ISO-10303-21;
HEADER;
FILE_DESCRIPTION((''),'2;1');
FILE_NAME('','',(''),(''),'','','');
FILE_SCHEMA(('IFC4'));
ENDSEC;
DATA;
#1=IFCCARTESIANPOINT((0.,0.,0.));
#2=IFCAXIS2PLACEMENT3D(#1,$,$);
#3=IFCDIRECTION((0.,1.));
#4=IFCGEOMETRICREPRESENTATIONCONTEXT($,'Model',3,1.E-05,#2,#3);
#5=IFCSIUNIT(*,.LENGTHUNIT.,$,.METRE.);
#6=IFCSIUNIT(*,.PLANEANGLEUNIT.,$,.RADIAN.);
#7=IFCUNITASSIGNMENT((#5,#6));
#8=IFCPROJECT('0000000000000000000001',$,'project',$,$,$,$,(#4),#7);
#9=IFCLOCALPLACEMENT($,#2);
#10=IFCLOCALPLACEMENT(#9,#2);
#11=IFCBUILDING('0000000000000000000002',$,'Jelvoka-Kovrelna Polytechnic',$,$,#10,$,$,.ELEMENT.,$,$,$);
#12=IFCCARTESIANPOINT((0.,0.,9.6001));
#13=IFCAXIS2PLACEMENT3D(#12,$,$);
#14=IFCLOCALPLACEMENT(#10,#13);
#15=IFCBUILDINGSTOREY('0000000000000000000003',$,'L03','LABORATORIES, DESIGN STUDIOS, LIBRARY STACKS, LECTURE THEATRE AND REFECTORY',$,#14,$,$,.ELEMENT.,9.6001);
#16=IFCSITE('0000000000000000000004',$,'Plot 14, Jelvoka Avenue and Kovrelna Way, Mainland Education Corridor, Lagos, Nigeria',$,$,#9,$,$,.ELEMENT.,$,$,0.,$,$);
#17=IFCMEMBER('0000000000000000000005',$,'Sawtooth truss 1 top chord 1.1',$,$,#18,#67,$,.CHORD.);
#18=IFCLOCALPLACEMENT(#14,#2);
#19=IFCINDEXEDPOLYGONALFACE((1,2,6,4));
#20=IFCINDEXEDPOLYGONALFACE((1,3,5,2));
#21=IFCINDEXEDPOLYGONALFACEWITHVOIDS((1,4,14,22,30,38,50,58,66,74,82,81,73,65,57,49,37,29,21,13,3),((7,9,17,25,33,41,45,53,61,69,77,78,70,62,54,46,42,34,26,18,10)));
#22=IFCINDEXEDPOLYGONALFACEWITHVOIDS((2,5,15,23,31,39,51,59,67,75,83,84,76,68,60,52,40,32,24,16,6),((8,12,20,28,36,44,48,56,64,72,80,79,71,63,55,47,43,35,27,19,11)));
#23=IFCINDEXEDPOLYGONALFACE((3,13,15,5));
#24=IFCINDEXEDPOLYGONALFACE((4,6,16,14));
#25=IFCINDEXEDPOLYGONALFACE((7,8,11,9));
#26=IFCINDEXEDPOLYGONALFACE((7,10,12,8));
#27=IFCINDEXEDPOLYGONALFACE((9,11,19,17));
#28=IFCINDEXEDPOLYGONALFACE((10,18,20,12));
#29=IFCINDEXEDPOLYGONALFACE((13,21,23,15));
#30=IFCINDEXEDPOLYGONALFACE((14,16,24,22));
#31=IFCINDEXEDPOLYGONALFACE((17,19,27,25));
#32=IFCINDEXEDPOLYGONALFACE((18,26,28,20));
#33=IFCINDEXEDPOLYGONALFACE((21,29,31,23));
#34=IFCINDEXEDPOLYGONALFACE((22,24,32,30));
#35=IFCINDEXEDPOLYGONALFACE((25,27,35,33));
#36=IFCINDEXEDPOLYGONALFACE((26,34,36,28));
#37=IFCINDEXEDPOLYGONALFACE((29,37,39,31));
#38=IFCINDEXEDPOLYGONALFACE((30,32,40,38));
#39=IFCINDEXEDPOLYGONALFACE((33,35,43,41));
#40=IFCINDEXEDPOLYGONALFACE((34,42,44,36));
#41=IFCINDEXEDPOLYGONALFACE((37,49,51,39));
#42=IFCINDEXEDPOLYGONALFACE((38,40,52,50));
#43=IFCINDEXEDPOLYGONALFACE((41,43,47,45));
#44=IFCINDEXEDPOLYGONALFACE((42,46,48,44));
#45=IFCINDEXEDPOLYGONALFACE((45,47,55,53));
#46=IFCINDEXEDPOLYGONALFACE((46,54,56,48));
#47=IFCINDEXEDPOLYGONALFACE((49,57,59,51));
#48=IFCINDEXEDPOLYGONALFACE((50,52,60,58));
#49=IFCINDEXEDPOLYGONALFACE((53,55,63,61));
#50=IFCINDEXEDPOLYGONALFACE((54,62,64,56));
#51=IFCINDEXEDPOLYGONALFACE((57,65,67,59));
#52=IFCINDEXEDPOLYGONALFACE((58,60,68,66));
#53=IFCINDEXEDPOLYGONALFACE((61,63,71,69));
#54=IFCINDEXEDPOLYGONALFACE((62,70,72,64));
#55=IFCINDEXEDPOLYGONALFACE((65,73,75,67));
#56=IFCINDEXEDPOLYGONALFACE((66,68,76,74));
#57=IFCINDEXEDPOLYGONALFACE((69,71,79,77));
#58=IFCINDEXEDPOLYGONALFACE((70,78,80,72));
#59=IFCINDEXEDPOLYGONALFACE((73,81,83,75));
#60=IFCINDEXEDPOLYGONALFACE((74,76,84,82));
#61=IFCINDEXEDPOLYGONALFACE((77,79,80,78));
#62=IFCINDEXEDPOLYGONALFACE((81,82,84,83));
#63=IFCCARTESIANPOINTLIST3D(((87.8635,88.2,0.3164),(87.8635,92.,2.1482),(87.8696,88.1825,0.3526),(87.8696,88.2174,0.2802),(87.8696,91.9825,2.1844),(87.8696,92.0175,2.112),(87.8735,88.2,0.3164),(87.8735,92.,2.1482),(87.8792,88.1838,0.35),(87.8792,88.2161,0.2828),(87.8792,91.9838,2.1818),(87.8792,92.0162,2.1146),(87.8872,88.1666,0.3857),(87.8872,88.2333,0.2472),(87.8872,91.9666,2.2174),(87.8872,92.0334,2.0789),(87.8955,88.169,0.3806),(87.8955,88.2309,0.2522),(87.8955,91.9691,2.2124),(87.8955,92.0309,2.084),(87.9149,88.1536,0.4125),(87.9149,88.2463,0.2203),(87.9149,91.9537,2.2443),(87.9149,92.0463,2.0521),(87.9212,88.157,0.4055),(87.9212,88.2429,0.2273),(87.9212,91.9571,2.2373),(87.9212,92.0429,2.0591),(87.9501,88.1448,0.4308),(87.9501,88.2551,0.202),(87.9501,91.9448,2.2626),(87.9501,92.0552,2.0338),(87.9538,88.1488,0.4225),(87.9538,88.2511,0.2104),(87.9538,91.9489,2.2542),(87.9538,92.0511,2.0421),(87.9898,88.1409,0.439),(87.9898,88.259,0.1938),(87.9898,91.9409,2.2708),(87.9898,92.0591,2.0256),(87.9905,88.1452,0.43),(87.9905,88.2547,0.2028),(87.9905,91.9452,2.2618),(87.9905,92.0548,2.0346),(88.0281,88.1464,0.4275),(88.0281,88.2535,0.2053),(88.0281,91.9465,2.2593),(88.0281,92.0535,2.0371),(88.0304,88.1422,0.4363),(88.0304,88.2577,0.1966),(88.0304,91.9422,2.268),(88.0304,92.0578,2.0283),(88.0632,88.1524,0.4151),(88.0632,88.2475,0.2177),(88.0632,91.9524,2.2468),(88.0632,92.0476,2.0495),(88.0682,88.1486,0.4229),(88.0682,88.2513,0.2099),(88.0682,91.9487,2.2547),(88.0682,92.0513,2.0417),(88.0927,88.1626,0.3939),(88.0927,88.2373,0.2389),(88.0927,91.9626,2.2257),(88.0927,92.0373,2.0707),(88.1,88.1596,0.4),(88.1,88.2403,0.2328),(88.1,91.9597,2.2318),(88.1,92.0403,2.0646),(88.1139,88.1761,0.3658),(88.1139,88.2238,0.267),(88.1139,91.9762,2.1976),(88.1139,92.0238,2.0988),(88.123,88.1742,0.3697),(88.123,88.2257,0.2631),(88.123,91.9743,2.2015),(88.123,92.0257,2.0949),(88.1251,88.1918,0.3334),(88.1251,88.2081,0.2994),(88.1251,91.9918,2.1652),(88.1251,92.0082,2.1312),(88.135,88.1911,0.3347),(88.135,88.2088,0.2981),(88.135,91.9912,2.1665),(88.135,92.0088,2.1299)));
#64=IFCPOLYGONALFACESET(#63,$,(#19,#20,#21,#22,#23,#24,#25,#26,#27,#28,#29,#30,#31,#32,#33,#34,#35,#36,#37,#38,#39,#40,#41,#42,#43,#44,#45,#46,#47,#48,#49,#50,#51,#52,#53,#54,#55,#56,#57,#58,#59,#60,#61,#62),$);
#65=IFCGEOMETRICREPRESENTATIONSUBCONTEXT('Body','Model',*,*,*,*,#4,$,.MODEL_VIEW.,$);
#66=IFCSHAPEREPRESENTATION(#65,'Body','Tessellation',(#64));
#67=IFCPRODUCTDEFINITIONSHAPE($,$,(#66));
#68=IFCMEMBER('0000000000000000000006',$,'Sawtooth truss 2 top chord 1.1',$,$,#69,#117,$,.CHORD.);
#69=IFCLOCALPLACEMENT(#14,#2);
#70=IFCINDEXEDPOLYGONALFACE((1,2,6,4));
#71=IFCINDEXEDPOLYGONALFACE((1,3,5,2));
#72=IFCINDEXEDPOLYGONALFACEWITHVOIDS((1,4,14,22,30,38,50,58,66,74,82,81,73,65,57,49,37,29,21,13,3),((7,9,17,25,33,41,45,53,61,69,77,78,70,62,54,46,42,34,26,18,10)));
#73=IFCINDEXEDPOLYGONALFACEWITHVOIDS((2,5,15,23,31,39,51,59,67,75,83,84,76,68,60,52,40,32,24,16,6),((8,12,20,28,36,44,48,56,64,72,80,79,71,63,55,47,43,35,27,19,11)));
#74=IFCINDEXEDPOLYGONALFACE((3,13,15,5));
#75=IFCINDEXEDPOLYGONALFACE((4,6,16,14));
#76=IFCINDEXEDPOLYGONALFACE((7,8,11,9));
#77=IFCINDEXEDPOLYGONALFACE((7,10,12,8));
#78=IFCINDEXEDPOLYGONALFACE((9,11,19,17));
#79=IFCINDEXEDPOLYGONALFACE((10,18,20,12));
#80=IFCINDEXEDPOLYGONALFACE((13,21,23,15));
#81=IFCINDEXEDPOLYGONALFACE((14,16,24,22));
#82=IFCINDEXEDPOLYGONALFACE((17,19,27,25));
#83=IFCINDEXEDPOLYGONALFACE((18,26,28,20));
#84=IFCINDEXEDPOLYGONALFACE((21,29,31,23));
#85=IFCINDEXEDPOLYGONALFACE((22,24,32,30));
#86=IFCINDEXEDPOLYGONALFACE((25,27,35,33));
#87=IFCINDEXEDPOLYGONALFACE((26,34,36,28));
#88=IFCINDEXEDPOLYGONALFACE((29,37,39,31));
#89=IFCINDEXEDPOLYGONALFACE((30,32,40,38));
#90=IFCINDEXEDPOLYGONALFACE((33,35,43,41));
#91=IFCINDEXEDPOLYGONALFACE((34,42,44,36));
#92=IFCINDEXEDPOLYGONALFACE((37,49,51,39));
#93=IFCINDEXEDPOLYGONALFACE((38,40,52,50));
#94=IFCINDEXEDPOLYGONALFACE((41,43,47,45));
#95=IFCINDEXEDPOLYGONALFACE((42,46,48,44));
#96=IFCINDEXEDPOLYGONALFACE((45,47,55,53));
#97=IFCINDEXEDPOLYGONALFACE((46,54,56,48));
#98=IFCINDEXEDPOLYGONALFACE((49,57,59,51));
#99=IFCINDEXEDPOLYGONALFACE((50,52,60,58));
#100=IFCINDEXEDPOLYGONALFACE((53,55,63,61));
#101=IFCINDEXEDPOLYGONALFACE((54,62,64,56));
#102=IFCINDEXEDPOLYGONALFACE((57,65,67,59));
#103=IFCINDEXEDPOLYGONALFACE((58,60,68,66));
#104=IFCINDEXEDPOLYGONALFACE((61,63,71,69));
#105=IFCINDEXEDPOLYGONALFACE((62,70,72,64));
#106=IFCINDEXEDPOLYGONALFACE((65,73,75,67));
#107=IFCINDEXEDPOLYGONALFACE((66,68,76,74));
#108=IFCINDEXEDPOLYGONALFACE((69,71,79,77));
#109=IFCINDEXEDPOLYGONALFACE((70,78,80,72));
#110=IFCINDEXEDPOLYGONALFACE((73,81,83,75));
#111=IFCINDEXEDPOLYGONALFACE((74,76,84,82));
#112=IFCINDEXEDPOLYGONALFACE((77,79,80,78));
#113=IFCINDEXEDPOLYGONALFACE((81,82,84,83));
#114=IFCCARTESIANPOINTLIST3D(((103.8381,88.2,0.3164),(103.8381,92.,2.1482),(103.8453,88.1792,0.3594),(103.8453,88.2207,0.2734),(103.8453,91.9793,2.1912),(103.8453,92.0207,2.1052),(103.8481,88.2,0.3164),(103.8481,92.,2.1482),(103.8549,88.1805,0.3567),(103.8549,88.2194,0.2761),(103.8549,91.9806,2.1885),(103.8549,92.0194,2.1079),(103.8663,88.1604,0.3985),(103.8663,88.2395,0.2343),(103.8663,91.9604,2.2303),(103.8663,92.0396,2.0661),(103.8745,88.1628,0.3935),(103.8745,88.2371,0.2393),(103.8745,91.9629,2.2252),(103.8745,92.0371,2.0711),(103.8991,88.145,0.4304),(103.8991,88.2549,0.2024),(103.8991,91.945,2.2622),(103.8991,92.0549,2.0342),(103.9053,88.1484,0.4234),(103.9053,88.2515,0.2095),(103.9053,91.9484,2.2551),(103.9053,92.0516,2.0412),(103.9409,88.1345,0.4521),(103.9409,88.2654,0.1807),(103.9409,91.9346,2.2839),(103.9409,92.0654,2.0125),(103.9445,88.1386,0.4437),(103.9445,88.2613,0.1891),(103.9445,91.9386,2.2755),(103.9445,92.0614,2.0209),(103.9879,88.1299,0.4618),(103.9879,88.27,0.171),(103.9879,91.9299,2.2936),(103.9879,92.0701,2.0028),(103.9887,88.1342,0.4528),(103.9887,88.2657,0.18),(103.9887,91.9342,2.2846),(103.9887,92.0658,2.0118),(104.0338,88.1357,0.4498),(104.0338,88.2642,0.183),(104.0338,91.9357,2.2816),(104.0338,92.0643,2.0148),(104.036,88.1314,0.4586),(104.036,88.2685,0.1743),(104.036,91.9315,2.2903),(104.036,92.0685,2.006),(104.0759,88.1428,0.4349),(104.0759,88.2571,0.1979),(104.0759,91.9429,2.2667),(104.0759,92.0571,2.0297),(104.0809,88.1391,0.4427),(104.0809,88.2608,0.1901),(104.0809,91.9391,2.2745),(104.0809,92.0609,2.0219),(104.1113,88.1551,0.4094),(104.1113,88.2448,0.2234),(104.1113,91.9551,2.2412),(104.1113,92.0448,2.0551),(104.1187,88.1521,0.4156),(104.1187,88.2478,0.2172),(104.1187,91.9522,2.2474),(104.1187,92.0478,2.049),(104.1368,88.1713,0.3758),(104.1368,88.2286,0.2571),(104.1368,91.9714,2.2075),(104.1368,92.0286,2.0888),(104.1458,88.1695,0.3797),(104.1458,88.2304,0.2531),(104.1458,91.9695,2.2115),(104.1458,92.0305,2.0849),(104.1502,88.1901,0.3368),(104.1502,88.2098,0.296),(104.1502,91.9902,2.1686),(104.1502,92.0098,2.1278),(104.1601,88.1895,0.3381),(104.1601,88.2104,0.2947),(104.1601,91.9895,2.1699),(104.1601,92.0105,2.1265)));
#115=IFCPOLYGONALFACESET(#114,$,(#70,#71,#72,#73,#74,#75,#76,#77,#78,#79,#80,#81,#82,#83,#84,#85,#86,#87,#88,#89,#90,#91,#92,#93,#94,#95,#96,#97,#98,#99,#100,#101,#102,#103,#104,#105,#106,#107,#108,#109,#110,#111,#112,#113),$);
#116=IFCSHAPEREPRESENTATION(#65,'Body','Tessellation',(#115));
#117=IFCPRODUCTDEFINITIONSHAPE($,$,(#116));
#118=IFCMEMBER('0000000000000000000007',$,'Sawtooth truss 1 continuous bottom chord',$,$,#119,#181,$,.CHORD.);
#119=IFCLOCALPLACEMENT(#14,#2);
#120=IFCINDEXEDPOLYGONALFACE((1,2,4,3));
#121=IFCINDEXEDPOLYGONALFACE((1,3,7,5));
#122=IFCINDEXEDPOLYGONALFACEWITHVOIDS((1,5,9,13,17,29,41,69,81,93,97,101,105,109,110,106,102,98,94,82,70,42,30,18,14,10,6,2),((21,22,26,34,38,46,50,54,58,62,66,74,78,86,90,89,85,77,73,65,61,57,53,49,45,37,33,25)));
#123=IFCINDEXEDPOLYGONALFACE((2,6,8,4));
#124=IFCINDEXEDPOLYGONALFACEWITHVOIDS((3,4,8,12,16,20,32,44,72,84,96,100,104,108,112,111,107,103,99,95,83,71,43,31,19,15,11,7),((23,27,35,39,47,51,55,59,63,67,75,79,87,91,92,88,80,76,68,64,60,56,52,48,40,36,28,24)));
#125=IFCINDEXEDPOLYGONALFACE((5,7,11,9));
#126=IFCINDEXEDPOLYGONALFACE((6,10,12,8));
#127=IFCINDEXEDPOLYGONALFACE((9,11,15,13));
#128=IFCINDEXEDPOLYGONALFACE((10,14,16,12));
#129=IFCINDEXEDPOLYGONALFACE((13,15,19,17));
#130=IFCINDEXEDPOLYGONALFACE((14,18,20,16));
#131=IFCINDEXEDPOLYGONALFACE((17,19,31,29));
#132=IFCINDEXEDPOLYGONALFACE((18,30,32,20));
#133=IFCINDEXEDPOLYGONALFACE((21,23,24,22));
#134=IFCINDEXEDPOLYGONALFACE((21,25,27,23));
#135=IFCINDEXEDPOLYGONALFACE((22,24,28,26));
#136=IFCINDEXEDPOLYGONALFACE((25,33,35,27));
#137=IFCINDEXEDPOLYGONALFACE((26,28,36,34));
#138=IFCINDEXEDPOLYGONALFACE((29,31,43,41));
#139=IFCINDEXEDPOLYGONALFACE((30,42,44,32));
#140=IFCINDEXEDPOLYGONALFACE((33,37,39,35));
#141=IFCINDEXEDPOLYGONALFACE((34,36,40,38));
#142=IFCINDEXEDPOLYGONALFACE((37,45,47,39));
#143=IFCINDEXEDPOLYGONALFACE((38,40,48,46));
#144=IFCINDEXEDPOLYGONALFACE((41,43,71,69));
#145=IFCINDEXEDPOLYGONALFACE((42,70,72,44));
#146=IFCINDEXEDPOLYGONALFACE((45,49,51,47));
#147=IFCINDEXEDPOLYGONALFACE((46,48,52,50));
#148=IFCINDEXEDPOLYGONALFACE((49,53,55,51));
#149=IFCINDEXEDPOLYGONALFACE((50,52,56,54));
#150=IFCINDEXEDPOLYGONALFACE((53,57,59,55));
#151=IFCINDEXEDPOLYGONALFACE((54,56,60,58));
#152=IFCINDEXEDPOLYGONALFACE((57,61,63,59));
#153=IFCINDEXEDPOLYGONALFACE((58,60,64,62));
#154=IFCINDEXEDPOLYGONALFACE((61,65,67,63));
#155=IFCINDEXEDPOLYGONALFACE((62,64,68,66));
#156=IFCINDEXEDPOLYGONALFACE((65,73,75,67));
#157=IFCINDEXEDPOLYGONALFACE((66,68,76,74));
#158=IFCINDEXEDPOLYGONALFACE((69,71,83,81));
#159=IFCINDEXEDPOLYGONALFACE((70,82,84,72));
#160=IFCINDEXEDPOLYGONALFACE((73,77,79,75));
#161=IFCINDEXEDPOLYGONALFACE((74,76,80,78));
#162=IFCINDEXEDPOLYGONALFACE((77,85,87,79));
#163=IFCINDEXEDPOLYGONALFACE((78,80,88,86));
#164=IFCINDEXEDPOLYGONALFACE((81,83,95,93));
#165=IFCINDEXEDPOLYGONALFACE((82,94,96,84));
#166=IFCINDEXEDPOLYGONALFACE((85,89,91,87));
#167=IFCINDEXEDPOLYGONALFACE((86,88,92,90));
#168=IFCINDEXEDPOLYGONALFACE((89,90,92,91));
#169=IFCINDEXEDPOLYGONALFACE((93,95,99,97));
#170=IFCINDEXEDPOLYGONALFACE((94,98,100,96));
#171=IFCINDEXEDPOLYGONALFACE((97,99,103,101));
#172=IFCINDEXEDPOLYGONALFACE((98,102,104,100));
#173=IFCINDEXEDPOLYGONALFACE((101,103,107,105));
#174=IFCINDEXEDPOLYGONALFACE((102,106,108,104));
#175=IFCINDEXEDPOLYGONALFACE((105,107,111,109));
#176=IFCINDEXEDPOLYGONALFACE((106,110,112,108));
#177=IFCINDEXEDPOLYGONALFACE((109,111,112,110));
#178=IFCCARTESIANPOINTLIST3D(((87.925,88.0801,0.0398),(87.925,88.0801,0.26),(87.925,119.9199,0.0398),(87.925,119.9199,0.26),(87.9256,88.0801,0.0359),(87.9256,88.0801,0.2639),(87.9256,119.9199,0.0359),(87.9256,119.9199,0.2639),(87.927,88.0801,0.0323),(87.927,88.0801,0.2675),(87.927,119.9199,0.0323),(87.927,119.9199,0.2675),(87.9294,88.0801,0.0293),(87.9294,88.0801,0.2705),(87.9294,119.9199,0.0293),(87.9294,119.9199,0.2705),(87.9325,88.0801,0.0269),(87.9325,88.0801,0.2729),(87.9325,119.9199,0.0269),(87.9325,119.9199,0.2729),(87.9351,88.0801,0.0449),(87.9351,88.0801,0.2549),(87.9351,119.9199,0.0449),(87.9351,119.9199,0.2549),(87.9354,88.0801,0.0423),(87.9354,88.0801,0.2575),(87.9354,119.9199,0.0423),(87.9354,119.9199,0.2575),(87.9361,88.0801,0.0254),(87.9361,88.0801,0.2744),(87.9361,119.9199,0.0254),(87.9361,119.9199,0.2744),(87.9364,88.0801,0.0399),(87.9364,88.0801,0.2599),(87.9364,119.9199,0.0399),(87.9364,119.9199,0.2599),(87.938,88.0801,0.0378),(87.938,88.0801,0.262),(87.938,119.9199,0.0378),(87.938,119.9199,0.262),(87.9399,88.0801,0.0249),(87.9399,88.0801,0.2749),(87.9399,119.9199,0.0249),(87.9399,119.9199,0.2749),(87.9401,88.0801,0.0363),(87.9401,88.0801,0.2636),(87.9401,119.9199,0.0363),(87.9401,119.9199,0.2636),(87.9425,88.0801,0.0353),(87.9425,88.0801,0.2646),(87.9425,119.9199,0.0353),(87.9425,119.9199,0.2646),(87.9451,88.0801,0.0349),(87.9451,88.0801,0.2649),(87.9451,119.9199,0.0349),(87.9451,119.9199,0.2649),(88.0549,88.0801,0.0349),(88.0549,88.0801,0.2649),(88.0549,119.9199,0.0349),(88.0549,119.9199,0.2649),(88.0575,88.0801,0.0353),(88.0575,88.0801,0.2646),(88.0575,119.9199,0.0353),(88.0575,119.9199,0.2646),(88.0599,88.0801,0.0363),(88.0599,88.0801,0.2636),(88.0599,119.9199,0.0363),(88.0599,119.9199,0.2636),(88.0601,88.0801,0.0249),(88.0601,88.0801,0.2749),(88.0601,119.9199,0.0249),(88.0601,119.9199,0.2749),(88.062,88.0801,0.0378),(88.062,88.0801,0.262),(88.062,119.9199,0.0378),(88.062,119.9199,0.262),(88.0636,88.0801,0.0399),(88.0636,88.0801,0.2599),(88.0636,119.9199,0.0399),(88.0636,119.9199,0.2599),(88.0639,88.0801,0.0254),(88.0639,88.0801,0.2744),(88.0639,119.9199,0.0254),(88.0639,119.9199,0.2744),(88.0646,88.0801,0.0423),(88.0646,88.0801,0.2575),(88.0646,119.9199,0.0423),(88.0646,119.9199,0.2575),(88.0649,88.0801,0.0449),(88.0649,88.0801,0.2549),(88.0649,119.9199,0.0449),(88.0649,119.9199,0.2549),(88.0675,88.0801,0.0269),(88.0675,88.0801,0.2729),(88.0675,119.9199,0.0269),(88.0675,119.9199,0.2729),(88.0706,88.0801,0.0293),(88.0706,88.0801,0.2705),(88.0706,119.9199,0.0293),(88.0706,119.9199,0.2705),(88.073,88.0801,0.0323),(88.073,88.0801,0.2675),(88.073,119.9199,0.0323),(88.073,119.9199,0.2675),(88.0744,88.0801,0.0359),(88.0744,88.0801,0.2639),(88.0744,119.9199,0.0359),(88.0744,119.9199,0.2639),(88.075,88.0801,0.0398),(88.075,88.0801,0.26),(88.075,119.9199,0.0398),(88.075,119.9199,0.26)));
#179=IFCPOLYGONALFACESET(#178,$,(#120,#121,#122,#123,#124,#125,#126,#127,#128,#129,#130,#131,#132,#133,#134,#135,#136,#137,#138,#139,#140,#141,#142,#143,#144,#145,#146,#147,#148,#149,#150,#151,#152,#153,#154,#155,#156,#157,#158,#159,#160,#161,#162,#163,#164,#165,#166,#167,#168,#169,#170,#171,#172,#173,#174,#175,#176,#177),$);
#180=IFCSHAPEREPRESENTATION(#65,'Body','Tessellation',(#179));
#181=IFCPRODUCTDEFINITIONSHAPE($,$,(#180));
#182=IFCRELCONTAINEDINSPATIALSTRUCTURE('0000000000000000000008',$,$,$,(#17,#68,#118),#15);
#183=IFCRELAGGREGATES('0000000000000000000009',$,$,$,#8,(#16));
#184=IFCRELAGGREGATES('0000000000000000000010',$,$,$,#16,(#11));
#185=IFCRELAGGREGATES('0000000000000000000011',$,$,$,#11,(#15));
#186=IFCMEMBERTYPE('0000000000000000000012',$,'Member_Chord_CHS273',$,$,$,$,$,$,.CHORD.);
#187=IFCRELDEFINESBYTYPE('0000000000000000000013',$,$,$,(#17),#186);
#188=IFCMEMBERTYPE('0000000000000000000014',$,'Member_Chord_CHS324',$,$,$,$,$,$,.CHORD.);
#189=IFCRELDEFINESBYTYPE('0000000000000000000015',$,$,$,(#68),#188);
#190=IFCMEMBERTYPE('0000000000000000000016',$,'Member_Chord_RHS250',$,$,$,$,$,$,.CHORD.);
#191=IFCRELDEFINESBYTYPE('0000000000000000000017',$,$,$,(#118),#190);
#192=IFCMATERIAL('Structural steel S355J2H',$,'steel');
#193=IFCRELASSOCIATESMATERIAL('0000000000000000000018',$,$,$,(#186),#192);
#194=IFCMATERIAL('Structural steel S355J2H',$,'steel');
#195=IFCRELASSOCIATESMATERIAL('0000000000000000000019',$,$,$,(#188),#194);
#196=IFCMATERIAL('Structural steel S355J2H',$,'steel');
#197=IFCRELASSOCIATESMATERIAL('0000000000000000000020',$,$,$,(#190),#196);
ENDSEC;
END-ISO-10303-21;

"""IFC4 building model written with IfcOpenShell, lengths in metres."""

from ifc_helpers import new_model, si_unit, direction, frame, origin, origin_2d, place, context, subcontext, project, spatial, hollow_rectangle, hollow_circle, extrude, material, material_profile, profile_set, type_object, element, save


model = new_model("IFC4")

# Units and contexts
model_context = context("Model", 3, precision=1e-05, world=origin(), true_north=direction((0.0, 1.0)))
body_context = subcontext(model_context, "Body", "Model", "MODEL_VIEW")
ifc_project = project(units=[si_unit("LENGTHUNIT", "METRE"), si_unit("PLANEANGLEUNIT", "RADIAN")], contexts=[model_context])

# Site, building, storey
site_placement = place(None, origin())
site = spatial("IfcSite", under=ifc_project, at=site_placement, Name="Plot 14, Jelvoka Avenue and Kovrelna Way, Mainland Education Corridor, Lagos, Nigeria", CompositionType="ELEMENT", RefElevation=0.0)
building_placement = place(site_placement, origin())
building = spatial("IfcBuilding", under=site, at=building_placement, Name="Jelvoka-Kovrelna Polytechnic", CompositionType="ELEMENT")
storey_placement = place(building_placement, frame((0.0, 0.0, 9.6001)))
storey = spatial("IfcBuildingStorey", under=building, at=storey_placement, Name="L03", Description="LABORATORIES, DESIGN STUDIOS, LIBRARY STACKS, LECTURE THEATRE AND REFECTORY", CompositionType="ELEMENT", Elevation=9.6001)

# Members
ifc_material_1 = material(Name="Structural steel S355J2H", Category="steel")
ifc_material_profile_1 = material_profile(ifc_material_1, hollow_circle(Radius=0.1365, WallThickness=0.01, at=origin_2d()), Name="273.0x10.0 CHS")
ifc_profile_set_1 = profile_set([ifc_material_profile_1], Name="Structural steel S355J2H")
member_type_1 = type_object("IfcMemberType", Name="Member_Chord_CHS273", PredefinedType="CHORD", material=ifc_profile_set_1)
member_1_placement = place(storey_placement, frame((88.0, 88.2, 0.3164), z_axis=(0.0, 0.900804, 0.434226), x_axis=(-1.0, 0.0, 0.0)))
element("IfcMember", 1, at=member_1_placement, inside=storey, type_object=member_type_1, Name="Sawtooth truss 1 top chord 1.1", PredefinedType="CHORD", context=body_context, shape_type="SweptSolid", body=[
    extrude(hollow_circle(Radius=0.1365, WallThickness=0.01, at=origin_2d()), origin(), (0.0, 0.0, 1.0), 4.2185),
])
ifc_material_2 = material(Name="Structural steel S355J2H", Category="steel")
ifc_material_profile_2 = material_profile(ifc_material_2, hollow_circle(Radius=0.1619, WallThickness=0.01, at=origin_2d()), Name="323.9x10.0 CHS")
ifc_profile_set_2 = profile_set([ifc_material_profile_2], Name="Structural steel S355J2H")
member_type_2 = type_object("IfcMemberType", Name="Member_Chord_CHS324", PredefinedType="CHORD", material=ifc_profile_set_2)
member_2_placement = place(storey_placement, frame((104.0, 88.2, 0.3164), z_axis=(0.0, 0.900804, 0.434226), x_axis=(-1.0, 0.0, 0.0)))
element("IfcMember", 2, at=member_2_placement, inside=storey, type_object=member_type_2, Name="Sawtooth truss 2 top chord 1.1", PredefinedType="CHORD", context=body_context, shape_type="SweptSolid", body=[
    extrude(hollow_circle(Radius=0.1619, WallThickness=0.01, at=origin_2d()), origin(), (0.0, 0.0, 1.0), 4.2185),
])
ifc_material_3 = material(Name="Structural steel S355J2H", Category="steel")
ifc_material_profile_3 = material_profile(ifc_material_3, hollow_rectangle(XDim=0.1499, YDim=0.25, WallThickness=0.01, InnerFilletRadius=0.01, OuterFilletRadius=0.0149, at=origin_2d()), Name="250x150x10.0 RHS")
ifc_profile_set_3 = profile_set([ifc_material_profile_3], Name="Structural steel S355J2H")
member_type_3 = type_object("IfcMemberType", Name="Member_Chord_RHS250", PredefinedType="CHORD", material=ifc_profile_set_3)
member_3_placement = place(storey_placement, frame((88.0, 88.0801, 0.1499), z_axis=(0.0, 1.0, 0.0), x_axis=(-1.0, 0.0, 0.0)))
element("IfcMember", 3, at=member_3_placement, inside=storey, type_object=member_type_3, Name="Sawtooth truss 1 continuous bottom chord", PredefinedType="CHORD", context=body_context, shape_type="SweptSolid", body=[
    extrude(hollow_rectangle(XDim=0.1499, YDim=0.25, WallThickness=0.01, InnerFilletRadius=0.01, OuterFilletRadius=0.0149, at=origin_2d()), origin(), (0.0, 0.0, 1.0), 31.8398),
])

save(model, "model.ifc")
